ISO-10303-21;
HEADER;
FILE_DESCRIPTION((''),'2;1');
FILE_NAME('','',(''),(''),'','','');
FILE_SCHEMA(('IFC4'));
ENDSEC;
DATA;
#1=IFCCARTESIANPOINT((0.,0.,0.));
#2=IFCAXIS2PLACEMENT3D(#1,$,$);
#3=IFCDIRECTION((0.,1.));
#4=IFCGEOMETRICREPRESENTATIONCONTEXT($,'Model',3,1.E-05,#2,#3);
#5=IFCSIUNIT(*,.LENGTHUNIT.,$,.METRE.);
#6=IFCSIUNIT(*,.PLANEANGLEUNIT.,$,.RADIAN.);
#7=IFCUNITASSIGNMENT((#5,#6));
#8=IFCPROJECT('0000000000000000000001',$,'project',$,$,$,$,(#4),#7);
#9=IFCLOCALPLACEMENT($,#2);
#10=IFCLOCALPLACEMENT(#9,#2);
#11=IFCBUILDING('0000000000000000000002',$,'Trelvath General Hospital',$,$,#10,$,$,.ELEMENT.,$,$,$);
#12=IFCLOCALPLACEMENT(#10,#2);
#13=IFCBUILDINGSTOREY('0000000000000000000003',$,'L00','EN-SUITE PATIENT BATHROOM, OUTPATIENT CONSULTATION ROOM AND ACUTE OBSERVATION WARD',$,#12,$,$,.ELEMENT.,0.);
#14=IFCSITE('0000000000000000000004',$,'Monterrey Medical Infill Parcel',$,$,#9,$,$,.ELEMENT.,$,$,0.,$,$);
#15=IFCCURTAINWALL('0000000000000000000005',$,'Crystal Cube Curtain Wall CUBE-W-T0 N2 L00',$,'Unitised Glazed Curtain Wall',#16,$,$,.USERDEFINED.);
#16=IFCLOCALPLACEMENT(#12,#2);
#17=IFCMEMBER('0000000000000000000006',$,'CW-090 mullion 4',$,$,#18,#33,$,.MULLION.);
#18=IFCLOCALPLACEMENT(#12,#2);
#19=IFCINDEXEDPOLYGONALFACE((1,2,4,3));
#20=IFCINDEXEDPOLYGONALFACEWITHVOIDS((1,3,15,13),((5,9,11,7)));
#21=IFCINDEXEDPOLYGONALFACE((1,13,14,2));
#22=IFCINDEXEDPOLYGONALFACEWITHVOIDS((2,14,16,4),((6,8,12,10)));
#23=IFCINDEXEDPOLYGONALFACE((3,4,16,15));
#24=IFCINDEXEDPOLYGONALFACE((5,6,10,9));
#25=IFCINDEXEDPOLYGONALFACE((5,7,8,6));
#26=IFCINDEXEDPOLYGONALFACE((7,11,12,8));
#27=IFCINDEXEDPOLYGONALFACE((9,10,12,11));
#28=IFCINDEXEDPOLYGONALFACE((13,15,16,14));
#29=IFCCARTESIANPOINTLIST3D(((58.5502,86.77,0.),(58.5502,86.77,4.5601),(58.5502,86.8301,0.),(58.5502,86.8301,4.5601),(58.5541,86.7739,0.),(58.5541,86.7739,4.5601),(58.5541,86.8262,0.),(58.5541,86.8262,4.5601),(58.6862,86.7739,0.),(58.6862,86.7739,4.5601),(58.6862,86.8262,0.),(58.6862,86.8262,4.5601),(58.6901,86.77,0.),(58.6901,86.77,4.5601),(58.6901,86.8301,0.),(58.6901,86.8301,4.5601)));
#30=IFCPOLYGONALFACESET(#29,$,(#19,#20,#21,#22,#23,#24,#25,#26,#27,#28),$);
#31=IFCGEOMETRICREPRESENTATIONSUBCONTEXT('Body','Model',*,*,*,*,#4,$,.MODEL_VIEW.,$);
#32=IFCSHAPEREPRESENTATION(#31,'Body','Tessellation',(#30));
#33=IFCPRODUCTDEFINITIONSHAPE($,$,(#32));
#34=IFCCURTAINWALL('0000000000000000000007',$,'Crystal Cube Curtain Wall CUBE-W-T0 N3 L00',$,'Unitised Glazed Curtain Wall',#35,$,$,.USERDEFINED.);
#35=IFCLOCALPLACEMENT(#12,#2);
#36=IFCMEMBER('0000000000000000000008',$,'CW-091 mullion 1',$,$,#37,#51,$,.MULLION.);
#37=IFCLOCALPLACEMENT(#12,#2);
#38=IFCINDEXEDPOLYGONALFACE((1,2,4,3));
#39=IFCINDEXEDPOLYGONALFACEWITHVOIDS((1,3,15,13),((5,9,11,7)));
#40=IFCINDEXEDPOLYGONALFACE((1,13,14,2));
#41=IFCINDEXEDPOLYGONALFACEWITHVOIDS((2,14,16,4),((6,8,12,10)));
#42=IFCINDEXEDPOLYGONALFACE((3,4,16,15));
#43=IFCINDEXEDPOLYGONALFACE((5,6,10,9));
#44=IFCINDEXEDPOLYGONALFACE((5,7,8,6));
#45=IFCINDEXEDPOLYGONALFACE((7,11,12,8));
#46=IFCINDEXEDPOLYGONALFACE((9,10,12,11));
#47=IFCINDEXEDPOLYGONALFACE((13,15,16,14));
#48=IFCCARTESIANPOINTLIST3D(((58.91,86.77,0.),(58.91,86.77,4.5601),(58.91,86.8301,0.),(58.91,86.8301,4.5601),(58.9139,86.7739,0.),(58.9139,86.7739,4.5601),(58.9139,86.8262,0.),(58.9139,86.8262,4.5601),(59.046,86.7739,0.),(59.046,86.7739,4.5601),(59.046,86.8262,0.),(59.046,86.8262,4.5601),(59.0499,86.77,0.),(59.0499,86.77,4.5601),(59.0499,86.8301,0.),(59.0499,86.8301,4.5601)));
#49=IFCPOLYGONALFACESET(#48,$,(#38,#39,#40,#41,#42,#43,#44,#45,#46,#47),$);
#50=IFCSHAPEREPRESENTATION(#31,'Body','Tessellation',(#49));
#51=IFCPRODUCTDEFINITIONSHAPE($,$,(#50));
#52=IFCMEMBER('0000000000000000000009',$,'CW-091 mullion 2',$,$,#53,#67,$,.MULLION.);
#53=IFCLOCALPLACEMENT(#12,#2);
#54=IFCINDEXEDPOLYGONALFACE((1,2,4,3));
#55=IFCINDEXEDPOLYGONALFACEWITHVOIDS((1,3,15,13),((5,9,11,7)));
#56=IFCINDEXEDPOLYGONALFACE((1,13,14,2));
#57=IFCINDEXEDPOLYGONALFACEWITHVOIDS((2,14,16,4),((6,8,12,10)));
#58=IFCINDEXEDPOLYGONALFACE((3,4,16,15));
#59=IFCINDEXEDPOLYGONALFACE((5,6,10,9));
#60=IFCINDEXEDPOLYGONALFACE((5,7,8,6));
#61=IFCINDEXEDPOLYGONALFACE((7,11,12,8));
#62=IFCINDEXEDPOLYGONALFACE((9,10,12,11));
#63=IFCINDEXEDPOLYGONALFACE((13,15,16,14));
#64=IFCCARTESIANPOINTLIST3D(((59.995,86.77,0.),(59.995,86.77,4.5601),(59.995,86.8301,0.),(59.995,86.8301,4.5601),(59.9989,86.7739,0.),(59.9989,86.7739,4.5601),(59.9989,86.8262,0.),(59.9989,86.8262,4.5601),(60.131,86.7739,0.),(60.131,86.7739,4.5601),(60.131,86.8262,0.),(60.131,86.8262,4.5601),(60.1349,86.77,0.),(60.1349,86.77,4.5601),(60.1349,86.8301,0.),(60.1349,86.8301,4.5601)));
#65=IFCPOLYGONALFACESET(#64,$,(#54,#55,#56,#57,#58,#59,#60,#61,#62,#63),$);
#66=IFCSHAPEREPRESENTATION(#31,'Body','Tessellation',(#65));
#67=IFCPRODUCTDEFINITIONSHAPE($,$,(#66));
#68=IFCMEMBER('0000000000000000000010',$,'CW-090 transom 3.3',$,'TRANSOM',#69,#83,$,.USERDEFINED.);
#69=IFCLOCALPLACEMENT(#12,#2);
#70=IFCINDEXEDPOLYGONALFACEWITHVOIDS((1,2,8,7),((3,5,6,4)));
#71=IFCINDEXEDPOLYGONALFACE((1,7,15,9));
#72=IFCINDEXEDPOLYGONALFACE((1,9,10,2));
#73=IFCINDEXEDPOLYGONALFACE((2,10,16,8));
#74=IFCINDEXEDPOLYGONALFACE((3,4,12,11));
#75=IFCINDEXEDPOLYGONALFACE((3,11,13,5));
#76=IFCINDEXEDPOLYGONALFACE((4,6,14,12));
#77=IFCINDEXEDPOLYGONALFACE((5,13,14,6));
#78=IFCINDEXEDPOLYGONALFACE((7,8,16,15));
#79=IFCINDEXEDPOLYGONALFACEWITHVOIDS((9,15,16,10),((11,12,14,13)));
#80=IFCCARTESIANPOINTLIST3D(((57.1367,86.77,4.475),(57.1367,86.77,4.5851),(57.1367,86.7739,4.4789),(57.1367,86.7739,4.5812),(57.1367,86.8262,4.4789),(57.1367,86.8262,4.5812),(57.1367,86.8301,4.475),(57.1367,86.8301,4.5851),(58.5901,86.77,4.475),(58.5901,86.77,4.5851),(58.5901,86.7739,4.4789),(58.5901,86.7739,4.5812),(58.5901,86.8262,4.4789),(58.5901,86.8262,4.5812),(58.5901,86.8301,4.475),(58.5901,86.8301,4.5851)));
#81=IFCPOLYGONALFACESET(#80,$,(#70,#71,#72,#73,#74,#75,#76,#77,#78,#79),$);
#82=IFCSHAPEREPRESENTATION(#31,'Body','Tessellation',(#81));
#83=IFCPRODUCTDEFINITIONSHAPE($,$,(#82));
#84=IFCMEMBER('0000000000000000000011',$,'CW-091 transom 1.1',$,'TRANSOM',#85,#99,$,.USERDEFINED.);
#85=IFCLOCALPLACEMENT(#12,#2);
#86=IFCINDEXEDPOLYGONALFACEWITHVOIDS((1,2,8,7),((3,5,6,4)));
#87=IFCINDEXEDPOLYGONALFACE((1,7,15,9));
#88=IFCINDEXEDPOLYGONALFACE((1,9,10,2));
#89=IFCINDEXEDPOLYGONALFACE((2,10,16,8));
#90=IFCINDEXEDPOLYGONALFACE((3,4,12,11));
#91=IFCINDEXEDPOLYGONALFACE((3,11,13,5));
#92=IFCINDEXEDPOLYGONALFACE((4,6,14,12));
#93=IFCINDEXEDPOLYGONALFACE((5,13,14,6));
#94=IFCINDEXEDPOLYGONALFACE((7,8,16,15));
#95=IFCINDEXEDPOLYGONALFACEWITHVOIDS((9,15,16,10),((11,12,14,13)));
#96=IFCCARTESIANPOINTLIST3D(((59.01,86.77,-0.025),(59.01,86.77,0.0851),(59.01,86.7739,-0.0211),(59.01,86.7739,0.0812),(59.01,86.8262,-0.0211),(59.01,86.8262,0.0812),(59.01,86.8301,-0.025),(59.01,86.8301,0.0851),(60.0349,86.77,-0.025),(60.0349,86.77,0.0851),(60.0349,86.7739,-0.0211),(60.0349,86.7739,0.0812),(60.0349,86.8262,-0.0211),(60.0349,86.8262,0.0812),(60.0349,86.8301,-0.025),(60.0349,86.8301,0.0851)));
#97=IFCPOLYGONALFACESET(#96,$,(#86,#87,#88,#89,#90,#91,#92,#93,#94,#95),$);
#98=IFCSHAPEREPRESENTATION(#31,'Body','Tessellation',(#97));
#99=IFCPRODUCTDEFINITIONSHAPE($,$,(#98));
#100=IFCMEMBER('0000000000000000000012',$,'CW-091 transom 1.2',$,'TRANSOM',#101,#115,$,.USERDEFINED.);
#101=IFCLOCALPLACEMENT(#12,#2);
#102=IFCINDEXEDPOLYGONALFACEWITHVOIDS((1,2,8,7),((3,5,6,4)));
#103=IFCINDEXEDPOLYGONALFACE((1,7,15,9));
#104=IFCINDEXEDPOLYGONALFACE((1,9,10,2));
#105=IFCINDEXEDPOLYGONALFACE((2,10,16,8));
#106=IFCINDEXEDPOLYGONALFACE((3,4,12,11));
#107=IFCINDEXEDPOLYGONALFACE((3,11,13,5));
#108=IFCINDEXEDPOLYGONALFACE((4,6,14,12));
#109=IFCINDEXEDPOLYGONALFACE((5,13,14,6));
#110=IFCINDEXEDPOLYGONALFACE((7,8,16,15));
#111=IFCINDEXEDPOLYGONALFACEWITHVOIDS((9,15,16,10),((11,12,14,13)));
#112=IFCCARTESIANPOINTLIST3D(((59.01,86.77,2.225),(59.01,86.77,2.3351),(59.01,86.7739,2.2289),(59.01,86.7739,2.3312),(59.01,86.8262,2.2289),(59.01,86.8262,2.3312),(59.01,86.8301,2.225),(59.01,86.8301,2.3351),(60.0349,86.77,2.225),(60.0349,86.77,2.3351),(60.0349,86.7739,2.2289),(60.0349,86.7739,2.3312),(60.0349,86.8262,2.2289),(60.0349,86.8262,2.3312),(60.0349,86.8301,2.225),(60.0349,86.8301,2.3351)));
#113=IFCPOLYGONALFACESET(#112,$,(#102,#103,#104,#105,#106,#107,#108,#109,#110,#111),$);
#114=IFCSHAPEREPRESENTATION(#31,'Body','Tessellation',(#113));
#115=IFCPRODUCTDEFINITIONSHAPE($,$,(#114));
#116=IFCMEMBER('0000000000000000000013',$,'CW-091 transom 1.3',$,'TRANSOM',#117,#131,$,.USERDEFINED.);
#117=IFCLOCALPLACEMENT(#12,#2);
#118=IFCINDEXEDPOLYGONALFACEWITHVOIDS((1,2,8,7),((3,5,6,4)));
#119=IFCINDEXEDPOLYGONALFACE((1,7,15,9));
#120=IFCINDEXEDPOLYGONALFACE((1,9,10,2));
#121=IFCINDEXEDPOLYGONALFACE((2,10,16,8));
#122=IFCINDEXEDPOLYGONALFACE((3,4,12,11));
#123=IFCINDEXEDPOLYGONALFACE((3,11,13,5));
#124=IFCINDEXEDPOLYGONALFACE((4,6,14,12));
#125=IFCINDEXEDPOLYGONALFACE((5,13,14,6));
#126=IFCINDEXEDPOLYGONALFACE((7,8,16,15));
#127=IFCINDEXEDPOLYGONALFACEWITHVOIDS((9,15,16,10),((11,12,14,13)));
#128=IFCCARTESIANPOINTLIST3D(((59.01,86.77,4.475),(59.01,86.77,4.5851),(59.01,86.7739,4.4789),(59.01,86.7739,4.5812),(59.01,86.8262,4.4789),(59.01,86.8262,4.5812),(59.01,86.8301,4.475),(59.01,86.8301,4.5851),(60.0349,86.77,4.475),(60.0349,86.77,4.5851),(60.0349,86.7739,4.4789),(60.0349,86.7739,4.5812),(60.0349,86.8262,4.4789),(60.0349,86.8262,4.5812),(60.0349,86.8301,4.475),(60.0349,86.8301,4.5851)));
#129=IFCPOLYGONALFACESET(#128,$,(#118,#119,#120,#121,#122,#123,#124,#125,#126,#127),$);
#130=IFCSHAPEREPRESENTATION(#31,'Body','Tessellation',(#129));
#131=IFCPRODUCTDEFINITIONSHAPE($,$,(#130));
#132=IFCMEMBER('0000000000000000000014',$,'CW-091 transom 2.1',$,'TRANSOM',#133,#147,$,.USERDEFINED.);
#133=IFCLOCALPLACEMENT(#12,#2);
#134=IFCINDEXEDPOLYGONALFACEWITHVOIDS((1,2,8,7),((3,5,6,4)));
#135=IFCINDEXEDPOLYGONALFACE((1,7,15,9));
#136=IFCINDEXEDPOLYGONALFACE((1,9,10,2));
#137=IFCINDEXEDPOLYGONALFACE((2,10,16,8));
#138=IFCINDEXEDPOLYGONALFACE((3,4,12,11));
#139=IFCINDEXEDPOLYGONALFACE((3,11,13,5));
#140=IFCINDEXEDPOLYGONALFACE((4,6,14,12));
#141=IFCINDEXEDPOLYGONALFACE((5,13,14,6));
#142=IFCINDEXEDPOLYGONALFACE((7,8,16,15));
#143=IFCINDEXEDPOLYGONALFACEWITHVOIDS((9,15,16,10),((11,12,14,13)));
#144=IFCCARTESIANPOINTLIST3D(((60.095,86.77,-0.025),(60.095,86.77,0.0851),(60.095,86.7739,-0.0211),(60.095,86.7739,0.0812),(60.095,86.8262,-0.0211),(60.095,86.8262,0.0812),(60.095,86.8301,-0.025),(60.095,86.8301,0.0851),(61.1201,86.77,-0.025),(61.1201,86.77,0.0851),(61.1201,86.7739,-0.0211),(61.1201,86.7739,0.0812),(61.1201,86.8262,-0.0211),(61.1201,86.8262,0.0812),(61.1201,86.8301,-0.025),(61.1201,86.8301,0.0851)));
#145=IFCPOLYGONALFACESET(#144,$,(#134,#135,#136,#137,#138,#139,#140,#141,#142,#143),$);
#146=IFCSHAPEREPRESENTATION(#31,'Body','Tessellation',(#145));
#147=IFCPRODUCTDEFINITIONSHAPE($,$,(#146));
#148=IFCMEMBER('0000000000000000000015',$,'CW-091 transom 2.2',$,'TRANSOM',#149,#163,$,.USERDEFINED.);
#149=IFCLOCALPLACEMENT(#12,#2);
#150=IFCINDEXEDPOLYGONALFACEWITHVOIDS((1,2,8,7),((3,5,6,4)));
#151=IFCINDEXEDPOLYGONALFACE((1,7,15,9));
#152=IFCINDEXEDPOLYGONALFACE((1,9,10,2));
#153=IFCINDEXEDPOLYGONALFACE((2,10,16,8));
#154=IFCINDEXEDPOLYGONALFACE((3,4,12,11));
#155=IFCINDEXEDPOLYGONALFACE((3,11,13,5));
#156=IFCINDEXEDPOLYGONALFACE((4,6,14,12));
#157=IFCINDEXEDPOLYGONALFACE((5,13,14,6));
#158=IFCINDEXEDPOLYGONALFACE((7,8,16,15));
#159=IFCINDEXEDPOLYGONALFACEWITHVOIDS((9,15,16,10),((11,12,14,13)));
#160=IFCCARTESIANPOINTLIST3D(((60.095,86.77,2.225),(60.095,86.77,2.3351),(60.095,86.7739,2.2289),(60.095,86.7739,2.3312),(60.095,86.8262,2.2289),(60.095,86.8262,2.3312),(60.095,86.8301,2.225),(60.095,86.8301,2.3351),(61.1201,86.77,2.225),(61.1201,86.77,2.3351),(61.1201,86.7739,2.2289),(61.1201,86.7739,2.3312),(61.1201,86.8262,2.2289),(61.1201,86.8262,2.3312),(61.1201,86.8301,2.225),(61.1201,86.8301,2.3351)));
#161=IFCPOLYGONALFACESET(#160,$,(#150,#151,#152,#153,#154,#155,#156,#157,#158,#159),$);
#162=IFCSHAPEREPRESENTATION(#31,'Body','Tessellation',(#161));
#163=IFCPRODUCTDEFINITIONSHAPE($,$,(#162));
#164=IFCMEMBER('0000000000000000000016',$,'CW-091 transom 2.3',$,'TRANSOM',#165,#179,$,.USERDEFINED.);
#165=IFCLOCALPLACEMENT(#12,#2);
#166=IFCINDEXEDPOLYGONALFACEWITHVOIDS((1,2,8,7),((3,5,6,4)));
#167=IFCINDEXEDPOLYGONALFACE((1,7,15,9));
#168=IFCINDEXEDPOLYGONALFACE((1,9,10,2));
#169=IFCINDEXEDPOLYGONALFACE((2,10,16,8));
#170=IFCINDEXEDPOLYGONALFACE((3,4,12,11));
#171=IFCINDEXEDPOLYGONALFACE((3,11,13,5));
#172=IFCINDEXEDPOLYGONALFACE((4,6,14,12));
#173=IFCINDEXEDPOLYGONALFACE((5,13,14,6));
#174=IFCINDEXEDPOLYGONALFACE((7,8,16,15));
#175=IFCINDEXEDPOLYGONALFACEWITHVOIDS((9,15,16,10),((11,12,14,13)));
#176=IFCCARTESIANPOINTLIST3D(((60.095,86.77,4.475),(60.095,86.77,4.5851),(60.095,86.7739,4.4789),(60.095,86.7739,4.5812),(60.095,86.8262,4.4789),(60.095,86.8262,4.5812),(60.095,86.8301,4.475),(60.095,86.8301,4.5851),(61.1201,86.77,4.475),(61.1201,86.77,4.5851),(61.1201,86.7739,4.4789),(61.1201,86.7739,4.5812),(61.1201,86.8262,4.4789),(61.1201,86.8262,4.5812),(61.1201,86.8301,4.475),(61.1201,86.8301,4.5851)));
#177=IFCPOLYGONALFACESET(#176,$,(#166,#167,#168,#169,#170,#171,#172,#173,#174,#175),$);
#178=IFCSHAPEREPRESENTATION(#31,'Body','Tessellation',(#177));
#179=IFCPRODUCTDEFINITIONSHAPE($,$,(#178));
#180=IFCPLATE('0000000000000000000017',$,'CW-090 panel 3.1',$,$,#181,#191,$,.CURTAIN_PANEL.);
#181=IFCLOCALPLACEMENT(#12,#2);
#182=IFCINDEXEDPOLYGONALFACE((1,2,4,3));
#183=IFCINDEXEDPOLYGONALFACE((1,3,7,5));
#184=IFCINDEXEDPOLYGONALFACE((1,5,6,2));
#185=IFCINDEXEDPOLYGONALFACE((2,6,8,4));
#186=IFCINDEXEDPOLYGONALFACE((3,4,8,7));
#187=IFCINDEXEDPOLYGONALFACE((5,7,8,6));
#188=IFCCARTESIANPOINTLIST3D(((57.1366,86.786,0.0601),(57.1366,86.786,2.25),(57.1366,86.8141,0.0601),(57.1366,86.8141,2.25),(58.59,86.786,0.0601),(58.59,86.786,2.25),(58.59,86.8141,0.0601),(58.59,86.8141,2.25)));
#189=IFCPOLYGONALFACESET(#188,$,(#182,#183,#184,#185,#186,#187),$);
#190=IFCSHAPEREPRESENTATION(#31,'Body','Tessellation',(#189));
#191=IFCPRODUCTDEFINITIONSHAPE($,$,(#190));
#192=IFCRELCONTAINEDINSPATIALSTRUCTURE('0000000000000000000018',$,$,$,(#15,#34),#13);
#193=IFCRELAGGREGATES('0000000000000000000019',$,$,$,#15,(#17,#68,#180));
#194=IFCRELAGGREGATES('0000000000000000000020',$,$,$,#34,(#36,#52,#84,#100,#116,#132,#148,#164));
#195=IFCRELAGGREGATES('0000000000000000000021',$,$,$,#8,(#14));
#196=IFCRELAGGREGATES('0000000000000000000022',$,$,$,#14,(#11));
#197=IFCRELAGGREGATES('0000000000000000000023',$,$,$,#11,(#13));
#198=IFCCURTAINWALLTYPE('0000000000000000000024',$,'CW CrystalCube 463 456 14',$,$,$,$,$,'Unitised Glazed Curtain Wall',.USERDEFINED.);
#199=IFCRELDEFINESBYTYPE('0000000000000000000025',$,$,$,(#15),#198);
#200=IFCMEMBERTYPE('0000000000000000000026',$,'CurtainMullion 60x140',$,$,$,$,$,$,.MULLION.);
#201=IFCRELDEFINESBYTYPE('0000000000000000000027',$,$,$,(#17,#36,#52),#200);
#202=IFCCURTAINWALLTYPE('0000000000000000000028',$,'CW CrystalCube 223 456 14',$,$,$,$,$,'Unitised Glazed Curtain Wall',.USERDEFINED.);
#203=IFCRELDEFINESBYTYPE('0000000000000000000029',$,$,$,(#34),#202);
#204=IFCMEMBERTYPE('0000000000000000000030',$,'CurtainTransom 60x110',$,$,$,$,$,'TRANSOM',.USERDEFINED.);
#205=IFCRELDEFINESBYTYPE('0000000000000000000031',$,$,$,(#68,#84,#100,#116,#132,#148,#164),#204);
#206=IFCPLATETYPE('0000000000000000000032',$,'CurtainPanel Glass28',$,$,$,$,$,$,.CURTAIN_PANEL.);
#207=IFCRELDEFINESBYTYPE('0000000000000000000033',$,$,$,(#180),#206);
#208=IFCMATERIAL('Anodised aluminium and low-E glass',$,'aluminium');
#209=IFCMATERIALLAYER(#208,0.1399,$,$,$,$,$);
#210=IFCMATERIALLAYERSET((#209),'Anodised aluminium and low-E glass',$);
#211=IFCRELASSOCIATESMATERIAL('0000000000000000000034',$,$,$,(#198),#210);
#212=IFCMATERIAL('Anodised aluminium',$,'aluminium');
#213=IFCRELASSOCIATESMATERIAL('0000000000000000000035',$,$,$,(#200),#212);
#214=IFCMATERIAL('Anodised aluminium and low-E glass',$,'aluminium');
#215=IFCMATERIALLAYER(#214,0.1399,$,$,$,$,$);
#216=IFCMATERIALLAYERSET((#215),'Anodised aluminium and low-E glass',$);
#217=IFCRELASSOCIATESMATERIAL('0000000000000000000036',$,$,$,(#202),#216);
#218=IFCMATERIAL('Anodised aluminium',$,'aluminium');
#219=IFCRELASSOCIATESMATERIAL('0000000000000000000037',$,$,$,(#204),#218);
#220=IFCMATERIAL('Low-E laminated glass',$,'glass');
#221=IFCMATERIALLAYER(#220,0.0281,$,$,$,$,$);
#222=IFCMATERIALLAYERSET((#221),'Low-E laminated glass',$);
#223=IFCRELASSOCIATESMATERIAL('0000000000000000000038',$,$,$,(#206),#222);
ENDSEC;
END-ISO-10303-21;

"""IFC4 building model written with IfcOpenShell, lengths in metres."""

from ifc_helpers import new_model, si_unit, direction, frame, origin, origin_2d, place, context, subcontext, project, spatial, rectangle, hollow_rectangle, extrude, material, layer, layer_set, material_profile, profile_set, type_object, element, aggregate, save


model = new_model("IFC4")

# Units and contexts
model_context = context("Model", 3, precision=1e-05, world=origin(), true_north=direction((0.0, 1.0)))
body_context = subcontext(model_context, "Body", "Model", "MODEL_VIEW")
ifc_project = project(units=[si_unit("LENGTHUNIT", "METRE"), si_unit("PLANEANGLEUNIT", "RADIAN")], contexts=[model_context])

# Site, building, storey
site_placement = place(None, origin())
site = spatial("IfcSite", under=ifc_project, at=site_placement, Name="Monterrey Medical Infill Parcel", CompositionType="ELEMENT", RefElevation=0.0)
building_placement = place(site_placement, origin())
building = spatial("IfcBuilding", under=site, at=building_placement, Name="Trelvath General Hospital", CompositionType="ELEMENT")
storey_placement = place(building_placement, origin())
storey = spatial("IfcBuildingStorey", under=building, at=storey_placement, Name="L00", Description="EN-SUITE PATIENT BATHROOM, OUTPATIENT CONSULTATION ROOM AND ACUTE OBSERVATION WARD", CompositionType="ELEMENT", Elevation=0.0)

# Curtain wall, member
ifc_material_1 = material(Name="Anodised aluminium and low-E glass", Category="aluminium")
ifc_layer_1 = layer(ifc_material_1, 0.1399)
ifc_layer_set_1 = layer_set([ifc_layer_1], Name="Anodised aluminium and low-E glass")
curtain_wall_type_1 = type_object("IfcCurtainWallType", Name="CW CrystalCube 463 456 14", ElementType="Unitised Glazed Curtain Wall", PredefinedType="USERDEFINED", material=ifc_layer_set_1)
curtain_wall_1_placement = place(storey_placement, origin())
curtain_wall_1 = element("IfcCurtainWall", 1, at=curtain_wall_1_placement, inside=storey, type_object=curtain_wall_type_1, Name="Crystal Cube Curtain Wall CUBE-W-T0 N2 L00", ObjectType="Unitised Glazed Curtain Wall", PredefinedType="USERDEFINED")
ifc_material_2 = material(Name="Anodised aluminium", Category="aluminium")
ifc_material_profile_1 = material_profile(ifc_material_2, hollow_rectangle(XDim=0.0601, YDim=0.1399, WallThickness=0.0039, at=origin_2d()), Name="RHS60x140x4")
ifc_profile_set_1 = profile_set([ifc_material_profile_1], Name="Anodised aluminium")
member_type_1 = type_object("IfcMemberType", Name="CurtainMullion 60x140", PredefinedType="MULLION", material=ifc_profile_set_1)
member_1_placement = place(storey_placement, frame((58.6201, 86.8, 0.0), z_axis=(0.0, 0.0, 1.0), x_axis=(0.0, 1.0, 0.0)))
member_1 = element("IfcMember", 2, at=member_1_placement, type_object=member_type_1, Name="CW-090 mullion 4", PredefinedType="MULLION", context=body_context, shape_type="SweptSolid", body=[
    extrude(hollow_rectangle(XDim=0.0601, YDim=0.1399, WallThickness=0.0039, at=origin_2d()), origin(), (0.0, 0.0, 1.0), 4.5601),
])

# Curtain wall, members
ifc_material_3 = material(Name="Anodised aluminium and low-E glass", Category="aluminium")
ifc_layer_2 = layer(ifc_material_3, 0.1399)
ifc_layer_set_2 = layer_set([ifc_layer_2], Name="Anodised aluminium and low-E glass")
curtain_wall_type_2 = type_object("IfcCurtainWallType", Name="CW CrystalCube 223 456 14", ElementType="Unitised Glazed Curtain Wall", PredefinedType="USERDEFINED", material=ifc_layer_set_2)
curtain_wall_2_placement = place(storey_placement, origin())
curtain_wall_2 = element("IfcCurtainWall", 3, at=curtain_wall_2_placement, inside=storey, type_object=curtain_wall_type_2, Name="Crystal Cube Curtain Wall CUBE-W-T0 N3 L00", ObjectType="Unitised Glazed Curtain Wall", PredefinedType="USERDEFINED")
member_2_placement = place(storey_placement, frame((58.98, 86.8, 0.0), z_axis=(0.0, 0.0, 1.0), x_axis=(0.0, 1.0, 0.0)))
member_2 = element("IfcMember", 4, at=member_2_placement, type_object=member_type_1, Name="CW-091 mullion 1", PredefinedType="MULLION", context=body_context, shape_type="SweptSolid", body=[
    extrude(hollow_rectangle(XDim=0.0601, YDim=0.1399, WallThickness=0.0039, at=origin_2d()), origin(), (0.0, 0.0, 1.0), 4.5601),
])
member_3_placement = place(storey_placement, frame((60.0649, 86.8, 0.0), z_axis=(0.0, 0.0, 1.0), x_axis=(0.0, 1.0, 0.0)))
member_3 = element("IfcMember", 5, at=member_3_placement, type_object=member_type_1, Name="CW-091 mullion 2", PredefinedType="MULLION", context=body_context, shape_type="SweptSolid", body=[
    extrude(hollow_rectangle(XDim=0.0601, YDim=0.1399, WallThickness=0.0039, at=origin_2d()), origin(), (0.0, 0.0, 1.0), 4.5601),
])

# Members
ifc_material_4 = material(Name="Anodised aluminium", Category="aluminium")
ifc_material_profile_2 = material_profile(ifc_material_4, hollow_rectangle(XDim=0.0601, YDim=0.1101, WallThickness=0.0039, at=origin_2d()), Name="RHS60x110x4")
ifc_profile_set_2 = profile_set([ifc_material_profile_2], Name="Anodised aluminium")
member_type_2 = type_object("IfcMemberType", Name="CurtainTransom 60x110", ElementType="TRANSOM", PredefinedType="USERDEFINED", material=ifc_profile_set_2)
member_4_placement = place(storey_placement, frame((57.1367, 86.8, 4.53), z_axis=(1.0, 0.0, 0.0), x_axis=(0.0, 1.0, 0.0)))
member_4 = element("IfcMember", 6, at=member_4_placement, type_object=member_type_2, Name="CW-090 transom 3.3", ObjectType="TRANSOM", PredefinedType="USERDEFINED", context=body_context, shape_type="SweptSolid", body=[
    extrude(hollow_rectangle(XDim=0.0601, YDim=0.1101, WallThickness=0.0039, at=origin_2d()), origin(), (0.0, 0.0, 1.0), 1.4534),
])
member_5_placement = place(storey_placement, frame((59.01, 86.8, 0.03), z_axis=(1.0, 0.0, 0.0), x_axis=(0.0, 1.0, 0.0)))
member_5 = element("IfcMember", 7, at=member_5_placement, type_object=member_type_2, Name="CW-091 transom 1.1", ObjectType="TRANSOM", PredefinedType="USERDEFINED", context=body_context, shape_type="SweptSolid", body=[
    extrude(hollow_rectangle(XDim=0.0601, YDim=0.1101, WallThickness=0.0039, at=origin_2d()), origin(), (0.0, 0.0, 1.0), 1.0249),
])
member_6_placement = place(storey_placement, frame((59.01, 86.8, 2.28), z_axis=(1.0, 0.0, 0.0), x_axis=(0.0, 1.0, 0.0)))
member_6 = element("IfcMember", 8, at=member_6_placement, type_object=member_type_2, Name="CW-091 transom 1.2", ObjectType="TRANSOM", PredefinedType="USERDEFINED", context=body_context, shape_type="SweptSolid", body=[
    extrude(hollow_rectangle(XDim=0.0601, YDim=0.1101, WallThickness=0.0039, at=origin_2d()), origin(), (0.0, 0.0, 1.0), 1.0249),
])
member_7_placement = place(storey_placement, frame((59.01, 86.8, 4.53), z_axis=(1.0, 0.0, 0.0), x_axis=(0.0, 1.0, 0.0)))
member_7 = element("IfcMember", 9, at=member_7_placement, type_object=member_type_2, Name="CW-091 transom 1.3", ObjectType="TRANSOM", PredefinedType="USERDEFINED", context=body_context, shape_type="SweptSolid", body=[
    extrude(hollow_rectangle(XDim=0.0601, YDim=0.1101, WallThickness=0.0039, at=origin_2d()), origin(), (0.0, 0.0, 1.0), 1.0249),
])
member_8_placement = place(storey_placement, frame((60.095, 86.8, 0.03), z_axis=(1.0, 0.0, 0.0), x_axis=(0.0, 1.0, 0.0)))
member_8 = element("IfcMember", 10, at=member_8_placement, type_object=member_type_2, Name="CW-091 transom 2.1", ObjectType="TRANSOM", PredefinedType="USERDEFINED", context=body_context, shape_type="SweptSolid", body=[
    extrude(hollow_rectangle(XDim=0.0601, YDim=0.1101, WallThickness=0.0039, at=origin_2d()), origin(), (0.0, 0.0, 1.0), 1.0251),
])
member_9_placement = place(storey_placement, frame((60.095, 86.8, 2.28), z_axis=(1.0, 0.0, 0.0), x_axis=(0.0, 1.0, 0.0)))
member_9 = element("IfcMember", 11, at=member_9_placement, type_object=member_type_2, Name="CW-091 transom 2.2", ObjectType="TRANSOM", PredefinedType="USERDEFINED", context=body_context, shape_type="SweptSolid", body=[
    extrude(hollow_rectangle(XDim=0.0601, YDim=0.1101, WallThickness=0.0039, at=origin_2d()), origin(), (0.0, 0.0, 1.0), 1.0251),
])
member_10_placement = place(storey_placement, frame((60.095, 86.8, 4.53), z_axis=(1.0, 0.0, 0.0), x_axis=(0.0, 1.0, 0.0)))
member_10 = element("IfcMember", 12, at=member_10_placement, type_object=member_type_2, Name="CW-091 transom 2.3", ObjectType="TRANSOM", PredefinedType="USERDEFINED", context=body_context, shape_type="SweptSolid", body=[
    extrude(hollow_rectangle(XDim=0.0601, YDim=0.1101, WallThickness=0.0039, at=origin_2d()), origin(), (0.0, 0.0, 1.0), 1.0251),
])

# Plate
ifc_material_5 = material(Name="Low-E laminated glass", Category="glass")
ifc_layer_3 = layer(ifc_material_5, 0.0281)
ifc_layer_set_3 = layer_set([ifc_layer_3], Name="Low-E laminated glass")
plate_type = type_object("IfcPlateType", Name="CurtainPanel Glass28", PredefinedType="CURTAIN_PANEL", material=ifc_layer_set_3)
plate_1_placement = place(storey_placement, frame((57.8633, 86.8, 0.0601), z_axis=(0.0, 0.0, 1.0), x_axis=(1.0, 0.0, 0.0)))
plate_1 = element("IfcPlate", 13, at=plate_1_placement, type_object=plate_type, Name="CW-090 panel 3.1", PredefinedType="CURTAIN_PANEL", context=body_context, shape_type="SweptSolid", body=[
    extrude(rectangle(XDim=1.4534, YDim=0.0281, at=origin_2d()), origin(), (0.0, 0.0, 1.0), 2.1899),
])
aggregate(curtain_wall_1, [member_1, member_4, plate_1])
aggregate(curtain_wall_2, [member_2, member_3, member_5, member_6, member_7, member_8, member_9, member_10])

save(model, "model.ifc")
